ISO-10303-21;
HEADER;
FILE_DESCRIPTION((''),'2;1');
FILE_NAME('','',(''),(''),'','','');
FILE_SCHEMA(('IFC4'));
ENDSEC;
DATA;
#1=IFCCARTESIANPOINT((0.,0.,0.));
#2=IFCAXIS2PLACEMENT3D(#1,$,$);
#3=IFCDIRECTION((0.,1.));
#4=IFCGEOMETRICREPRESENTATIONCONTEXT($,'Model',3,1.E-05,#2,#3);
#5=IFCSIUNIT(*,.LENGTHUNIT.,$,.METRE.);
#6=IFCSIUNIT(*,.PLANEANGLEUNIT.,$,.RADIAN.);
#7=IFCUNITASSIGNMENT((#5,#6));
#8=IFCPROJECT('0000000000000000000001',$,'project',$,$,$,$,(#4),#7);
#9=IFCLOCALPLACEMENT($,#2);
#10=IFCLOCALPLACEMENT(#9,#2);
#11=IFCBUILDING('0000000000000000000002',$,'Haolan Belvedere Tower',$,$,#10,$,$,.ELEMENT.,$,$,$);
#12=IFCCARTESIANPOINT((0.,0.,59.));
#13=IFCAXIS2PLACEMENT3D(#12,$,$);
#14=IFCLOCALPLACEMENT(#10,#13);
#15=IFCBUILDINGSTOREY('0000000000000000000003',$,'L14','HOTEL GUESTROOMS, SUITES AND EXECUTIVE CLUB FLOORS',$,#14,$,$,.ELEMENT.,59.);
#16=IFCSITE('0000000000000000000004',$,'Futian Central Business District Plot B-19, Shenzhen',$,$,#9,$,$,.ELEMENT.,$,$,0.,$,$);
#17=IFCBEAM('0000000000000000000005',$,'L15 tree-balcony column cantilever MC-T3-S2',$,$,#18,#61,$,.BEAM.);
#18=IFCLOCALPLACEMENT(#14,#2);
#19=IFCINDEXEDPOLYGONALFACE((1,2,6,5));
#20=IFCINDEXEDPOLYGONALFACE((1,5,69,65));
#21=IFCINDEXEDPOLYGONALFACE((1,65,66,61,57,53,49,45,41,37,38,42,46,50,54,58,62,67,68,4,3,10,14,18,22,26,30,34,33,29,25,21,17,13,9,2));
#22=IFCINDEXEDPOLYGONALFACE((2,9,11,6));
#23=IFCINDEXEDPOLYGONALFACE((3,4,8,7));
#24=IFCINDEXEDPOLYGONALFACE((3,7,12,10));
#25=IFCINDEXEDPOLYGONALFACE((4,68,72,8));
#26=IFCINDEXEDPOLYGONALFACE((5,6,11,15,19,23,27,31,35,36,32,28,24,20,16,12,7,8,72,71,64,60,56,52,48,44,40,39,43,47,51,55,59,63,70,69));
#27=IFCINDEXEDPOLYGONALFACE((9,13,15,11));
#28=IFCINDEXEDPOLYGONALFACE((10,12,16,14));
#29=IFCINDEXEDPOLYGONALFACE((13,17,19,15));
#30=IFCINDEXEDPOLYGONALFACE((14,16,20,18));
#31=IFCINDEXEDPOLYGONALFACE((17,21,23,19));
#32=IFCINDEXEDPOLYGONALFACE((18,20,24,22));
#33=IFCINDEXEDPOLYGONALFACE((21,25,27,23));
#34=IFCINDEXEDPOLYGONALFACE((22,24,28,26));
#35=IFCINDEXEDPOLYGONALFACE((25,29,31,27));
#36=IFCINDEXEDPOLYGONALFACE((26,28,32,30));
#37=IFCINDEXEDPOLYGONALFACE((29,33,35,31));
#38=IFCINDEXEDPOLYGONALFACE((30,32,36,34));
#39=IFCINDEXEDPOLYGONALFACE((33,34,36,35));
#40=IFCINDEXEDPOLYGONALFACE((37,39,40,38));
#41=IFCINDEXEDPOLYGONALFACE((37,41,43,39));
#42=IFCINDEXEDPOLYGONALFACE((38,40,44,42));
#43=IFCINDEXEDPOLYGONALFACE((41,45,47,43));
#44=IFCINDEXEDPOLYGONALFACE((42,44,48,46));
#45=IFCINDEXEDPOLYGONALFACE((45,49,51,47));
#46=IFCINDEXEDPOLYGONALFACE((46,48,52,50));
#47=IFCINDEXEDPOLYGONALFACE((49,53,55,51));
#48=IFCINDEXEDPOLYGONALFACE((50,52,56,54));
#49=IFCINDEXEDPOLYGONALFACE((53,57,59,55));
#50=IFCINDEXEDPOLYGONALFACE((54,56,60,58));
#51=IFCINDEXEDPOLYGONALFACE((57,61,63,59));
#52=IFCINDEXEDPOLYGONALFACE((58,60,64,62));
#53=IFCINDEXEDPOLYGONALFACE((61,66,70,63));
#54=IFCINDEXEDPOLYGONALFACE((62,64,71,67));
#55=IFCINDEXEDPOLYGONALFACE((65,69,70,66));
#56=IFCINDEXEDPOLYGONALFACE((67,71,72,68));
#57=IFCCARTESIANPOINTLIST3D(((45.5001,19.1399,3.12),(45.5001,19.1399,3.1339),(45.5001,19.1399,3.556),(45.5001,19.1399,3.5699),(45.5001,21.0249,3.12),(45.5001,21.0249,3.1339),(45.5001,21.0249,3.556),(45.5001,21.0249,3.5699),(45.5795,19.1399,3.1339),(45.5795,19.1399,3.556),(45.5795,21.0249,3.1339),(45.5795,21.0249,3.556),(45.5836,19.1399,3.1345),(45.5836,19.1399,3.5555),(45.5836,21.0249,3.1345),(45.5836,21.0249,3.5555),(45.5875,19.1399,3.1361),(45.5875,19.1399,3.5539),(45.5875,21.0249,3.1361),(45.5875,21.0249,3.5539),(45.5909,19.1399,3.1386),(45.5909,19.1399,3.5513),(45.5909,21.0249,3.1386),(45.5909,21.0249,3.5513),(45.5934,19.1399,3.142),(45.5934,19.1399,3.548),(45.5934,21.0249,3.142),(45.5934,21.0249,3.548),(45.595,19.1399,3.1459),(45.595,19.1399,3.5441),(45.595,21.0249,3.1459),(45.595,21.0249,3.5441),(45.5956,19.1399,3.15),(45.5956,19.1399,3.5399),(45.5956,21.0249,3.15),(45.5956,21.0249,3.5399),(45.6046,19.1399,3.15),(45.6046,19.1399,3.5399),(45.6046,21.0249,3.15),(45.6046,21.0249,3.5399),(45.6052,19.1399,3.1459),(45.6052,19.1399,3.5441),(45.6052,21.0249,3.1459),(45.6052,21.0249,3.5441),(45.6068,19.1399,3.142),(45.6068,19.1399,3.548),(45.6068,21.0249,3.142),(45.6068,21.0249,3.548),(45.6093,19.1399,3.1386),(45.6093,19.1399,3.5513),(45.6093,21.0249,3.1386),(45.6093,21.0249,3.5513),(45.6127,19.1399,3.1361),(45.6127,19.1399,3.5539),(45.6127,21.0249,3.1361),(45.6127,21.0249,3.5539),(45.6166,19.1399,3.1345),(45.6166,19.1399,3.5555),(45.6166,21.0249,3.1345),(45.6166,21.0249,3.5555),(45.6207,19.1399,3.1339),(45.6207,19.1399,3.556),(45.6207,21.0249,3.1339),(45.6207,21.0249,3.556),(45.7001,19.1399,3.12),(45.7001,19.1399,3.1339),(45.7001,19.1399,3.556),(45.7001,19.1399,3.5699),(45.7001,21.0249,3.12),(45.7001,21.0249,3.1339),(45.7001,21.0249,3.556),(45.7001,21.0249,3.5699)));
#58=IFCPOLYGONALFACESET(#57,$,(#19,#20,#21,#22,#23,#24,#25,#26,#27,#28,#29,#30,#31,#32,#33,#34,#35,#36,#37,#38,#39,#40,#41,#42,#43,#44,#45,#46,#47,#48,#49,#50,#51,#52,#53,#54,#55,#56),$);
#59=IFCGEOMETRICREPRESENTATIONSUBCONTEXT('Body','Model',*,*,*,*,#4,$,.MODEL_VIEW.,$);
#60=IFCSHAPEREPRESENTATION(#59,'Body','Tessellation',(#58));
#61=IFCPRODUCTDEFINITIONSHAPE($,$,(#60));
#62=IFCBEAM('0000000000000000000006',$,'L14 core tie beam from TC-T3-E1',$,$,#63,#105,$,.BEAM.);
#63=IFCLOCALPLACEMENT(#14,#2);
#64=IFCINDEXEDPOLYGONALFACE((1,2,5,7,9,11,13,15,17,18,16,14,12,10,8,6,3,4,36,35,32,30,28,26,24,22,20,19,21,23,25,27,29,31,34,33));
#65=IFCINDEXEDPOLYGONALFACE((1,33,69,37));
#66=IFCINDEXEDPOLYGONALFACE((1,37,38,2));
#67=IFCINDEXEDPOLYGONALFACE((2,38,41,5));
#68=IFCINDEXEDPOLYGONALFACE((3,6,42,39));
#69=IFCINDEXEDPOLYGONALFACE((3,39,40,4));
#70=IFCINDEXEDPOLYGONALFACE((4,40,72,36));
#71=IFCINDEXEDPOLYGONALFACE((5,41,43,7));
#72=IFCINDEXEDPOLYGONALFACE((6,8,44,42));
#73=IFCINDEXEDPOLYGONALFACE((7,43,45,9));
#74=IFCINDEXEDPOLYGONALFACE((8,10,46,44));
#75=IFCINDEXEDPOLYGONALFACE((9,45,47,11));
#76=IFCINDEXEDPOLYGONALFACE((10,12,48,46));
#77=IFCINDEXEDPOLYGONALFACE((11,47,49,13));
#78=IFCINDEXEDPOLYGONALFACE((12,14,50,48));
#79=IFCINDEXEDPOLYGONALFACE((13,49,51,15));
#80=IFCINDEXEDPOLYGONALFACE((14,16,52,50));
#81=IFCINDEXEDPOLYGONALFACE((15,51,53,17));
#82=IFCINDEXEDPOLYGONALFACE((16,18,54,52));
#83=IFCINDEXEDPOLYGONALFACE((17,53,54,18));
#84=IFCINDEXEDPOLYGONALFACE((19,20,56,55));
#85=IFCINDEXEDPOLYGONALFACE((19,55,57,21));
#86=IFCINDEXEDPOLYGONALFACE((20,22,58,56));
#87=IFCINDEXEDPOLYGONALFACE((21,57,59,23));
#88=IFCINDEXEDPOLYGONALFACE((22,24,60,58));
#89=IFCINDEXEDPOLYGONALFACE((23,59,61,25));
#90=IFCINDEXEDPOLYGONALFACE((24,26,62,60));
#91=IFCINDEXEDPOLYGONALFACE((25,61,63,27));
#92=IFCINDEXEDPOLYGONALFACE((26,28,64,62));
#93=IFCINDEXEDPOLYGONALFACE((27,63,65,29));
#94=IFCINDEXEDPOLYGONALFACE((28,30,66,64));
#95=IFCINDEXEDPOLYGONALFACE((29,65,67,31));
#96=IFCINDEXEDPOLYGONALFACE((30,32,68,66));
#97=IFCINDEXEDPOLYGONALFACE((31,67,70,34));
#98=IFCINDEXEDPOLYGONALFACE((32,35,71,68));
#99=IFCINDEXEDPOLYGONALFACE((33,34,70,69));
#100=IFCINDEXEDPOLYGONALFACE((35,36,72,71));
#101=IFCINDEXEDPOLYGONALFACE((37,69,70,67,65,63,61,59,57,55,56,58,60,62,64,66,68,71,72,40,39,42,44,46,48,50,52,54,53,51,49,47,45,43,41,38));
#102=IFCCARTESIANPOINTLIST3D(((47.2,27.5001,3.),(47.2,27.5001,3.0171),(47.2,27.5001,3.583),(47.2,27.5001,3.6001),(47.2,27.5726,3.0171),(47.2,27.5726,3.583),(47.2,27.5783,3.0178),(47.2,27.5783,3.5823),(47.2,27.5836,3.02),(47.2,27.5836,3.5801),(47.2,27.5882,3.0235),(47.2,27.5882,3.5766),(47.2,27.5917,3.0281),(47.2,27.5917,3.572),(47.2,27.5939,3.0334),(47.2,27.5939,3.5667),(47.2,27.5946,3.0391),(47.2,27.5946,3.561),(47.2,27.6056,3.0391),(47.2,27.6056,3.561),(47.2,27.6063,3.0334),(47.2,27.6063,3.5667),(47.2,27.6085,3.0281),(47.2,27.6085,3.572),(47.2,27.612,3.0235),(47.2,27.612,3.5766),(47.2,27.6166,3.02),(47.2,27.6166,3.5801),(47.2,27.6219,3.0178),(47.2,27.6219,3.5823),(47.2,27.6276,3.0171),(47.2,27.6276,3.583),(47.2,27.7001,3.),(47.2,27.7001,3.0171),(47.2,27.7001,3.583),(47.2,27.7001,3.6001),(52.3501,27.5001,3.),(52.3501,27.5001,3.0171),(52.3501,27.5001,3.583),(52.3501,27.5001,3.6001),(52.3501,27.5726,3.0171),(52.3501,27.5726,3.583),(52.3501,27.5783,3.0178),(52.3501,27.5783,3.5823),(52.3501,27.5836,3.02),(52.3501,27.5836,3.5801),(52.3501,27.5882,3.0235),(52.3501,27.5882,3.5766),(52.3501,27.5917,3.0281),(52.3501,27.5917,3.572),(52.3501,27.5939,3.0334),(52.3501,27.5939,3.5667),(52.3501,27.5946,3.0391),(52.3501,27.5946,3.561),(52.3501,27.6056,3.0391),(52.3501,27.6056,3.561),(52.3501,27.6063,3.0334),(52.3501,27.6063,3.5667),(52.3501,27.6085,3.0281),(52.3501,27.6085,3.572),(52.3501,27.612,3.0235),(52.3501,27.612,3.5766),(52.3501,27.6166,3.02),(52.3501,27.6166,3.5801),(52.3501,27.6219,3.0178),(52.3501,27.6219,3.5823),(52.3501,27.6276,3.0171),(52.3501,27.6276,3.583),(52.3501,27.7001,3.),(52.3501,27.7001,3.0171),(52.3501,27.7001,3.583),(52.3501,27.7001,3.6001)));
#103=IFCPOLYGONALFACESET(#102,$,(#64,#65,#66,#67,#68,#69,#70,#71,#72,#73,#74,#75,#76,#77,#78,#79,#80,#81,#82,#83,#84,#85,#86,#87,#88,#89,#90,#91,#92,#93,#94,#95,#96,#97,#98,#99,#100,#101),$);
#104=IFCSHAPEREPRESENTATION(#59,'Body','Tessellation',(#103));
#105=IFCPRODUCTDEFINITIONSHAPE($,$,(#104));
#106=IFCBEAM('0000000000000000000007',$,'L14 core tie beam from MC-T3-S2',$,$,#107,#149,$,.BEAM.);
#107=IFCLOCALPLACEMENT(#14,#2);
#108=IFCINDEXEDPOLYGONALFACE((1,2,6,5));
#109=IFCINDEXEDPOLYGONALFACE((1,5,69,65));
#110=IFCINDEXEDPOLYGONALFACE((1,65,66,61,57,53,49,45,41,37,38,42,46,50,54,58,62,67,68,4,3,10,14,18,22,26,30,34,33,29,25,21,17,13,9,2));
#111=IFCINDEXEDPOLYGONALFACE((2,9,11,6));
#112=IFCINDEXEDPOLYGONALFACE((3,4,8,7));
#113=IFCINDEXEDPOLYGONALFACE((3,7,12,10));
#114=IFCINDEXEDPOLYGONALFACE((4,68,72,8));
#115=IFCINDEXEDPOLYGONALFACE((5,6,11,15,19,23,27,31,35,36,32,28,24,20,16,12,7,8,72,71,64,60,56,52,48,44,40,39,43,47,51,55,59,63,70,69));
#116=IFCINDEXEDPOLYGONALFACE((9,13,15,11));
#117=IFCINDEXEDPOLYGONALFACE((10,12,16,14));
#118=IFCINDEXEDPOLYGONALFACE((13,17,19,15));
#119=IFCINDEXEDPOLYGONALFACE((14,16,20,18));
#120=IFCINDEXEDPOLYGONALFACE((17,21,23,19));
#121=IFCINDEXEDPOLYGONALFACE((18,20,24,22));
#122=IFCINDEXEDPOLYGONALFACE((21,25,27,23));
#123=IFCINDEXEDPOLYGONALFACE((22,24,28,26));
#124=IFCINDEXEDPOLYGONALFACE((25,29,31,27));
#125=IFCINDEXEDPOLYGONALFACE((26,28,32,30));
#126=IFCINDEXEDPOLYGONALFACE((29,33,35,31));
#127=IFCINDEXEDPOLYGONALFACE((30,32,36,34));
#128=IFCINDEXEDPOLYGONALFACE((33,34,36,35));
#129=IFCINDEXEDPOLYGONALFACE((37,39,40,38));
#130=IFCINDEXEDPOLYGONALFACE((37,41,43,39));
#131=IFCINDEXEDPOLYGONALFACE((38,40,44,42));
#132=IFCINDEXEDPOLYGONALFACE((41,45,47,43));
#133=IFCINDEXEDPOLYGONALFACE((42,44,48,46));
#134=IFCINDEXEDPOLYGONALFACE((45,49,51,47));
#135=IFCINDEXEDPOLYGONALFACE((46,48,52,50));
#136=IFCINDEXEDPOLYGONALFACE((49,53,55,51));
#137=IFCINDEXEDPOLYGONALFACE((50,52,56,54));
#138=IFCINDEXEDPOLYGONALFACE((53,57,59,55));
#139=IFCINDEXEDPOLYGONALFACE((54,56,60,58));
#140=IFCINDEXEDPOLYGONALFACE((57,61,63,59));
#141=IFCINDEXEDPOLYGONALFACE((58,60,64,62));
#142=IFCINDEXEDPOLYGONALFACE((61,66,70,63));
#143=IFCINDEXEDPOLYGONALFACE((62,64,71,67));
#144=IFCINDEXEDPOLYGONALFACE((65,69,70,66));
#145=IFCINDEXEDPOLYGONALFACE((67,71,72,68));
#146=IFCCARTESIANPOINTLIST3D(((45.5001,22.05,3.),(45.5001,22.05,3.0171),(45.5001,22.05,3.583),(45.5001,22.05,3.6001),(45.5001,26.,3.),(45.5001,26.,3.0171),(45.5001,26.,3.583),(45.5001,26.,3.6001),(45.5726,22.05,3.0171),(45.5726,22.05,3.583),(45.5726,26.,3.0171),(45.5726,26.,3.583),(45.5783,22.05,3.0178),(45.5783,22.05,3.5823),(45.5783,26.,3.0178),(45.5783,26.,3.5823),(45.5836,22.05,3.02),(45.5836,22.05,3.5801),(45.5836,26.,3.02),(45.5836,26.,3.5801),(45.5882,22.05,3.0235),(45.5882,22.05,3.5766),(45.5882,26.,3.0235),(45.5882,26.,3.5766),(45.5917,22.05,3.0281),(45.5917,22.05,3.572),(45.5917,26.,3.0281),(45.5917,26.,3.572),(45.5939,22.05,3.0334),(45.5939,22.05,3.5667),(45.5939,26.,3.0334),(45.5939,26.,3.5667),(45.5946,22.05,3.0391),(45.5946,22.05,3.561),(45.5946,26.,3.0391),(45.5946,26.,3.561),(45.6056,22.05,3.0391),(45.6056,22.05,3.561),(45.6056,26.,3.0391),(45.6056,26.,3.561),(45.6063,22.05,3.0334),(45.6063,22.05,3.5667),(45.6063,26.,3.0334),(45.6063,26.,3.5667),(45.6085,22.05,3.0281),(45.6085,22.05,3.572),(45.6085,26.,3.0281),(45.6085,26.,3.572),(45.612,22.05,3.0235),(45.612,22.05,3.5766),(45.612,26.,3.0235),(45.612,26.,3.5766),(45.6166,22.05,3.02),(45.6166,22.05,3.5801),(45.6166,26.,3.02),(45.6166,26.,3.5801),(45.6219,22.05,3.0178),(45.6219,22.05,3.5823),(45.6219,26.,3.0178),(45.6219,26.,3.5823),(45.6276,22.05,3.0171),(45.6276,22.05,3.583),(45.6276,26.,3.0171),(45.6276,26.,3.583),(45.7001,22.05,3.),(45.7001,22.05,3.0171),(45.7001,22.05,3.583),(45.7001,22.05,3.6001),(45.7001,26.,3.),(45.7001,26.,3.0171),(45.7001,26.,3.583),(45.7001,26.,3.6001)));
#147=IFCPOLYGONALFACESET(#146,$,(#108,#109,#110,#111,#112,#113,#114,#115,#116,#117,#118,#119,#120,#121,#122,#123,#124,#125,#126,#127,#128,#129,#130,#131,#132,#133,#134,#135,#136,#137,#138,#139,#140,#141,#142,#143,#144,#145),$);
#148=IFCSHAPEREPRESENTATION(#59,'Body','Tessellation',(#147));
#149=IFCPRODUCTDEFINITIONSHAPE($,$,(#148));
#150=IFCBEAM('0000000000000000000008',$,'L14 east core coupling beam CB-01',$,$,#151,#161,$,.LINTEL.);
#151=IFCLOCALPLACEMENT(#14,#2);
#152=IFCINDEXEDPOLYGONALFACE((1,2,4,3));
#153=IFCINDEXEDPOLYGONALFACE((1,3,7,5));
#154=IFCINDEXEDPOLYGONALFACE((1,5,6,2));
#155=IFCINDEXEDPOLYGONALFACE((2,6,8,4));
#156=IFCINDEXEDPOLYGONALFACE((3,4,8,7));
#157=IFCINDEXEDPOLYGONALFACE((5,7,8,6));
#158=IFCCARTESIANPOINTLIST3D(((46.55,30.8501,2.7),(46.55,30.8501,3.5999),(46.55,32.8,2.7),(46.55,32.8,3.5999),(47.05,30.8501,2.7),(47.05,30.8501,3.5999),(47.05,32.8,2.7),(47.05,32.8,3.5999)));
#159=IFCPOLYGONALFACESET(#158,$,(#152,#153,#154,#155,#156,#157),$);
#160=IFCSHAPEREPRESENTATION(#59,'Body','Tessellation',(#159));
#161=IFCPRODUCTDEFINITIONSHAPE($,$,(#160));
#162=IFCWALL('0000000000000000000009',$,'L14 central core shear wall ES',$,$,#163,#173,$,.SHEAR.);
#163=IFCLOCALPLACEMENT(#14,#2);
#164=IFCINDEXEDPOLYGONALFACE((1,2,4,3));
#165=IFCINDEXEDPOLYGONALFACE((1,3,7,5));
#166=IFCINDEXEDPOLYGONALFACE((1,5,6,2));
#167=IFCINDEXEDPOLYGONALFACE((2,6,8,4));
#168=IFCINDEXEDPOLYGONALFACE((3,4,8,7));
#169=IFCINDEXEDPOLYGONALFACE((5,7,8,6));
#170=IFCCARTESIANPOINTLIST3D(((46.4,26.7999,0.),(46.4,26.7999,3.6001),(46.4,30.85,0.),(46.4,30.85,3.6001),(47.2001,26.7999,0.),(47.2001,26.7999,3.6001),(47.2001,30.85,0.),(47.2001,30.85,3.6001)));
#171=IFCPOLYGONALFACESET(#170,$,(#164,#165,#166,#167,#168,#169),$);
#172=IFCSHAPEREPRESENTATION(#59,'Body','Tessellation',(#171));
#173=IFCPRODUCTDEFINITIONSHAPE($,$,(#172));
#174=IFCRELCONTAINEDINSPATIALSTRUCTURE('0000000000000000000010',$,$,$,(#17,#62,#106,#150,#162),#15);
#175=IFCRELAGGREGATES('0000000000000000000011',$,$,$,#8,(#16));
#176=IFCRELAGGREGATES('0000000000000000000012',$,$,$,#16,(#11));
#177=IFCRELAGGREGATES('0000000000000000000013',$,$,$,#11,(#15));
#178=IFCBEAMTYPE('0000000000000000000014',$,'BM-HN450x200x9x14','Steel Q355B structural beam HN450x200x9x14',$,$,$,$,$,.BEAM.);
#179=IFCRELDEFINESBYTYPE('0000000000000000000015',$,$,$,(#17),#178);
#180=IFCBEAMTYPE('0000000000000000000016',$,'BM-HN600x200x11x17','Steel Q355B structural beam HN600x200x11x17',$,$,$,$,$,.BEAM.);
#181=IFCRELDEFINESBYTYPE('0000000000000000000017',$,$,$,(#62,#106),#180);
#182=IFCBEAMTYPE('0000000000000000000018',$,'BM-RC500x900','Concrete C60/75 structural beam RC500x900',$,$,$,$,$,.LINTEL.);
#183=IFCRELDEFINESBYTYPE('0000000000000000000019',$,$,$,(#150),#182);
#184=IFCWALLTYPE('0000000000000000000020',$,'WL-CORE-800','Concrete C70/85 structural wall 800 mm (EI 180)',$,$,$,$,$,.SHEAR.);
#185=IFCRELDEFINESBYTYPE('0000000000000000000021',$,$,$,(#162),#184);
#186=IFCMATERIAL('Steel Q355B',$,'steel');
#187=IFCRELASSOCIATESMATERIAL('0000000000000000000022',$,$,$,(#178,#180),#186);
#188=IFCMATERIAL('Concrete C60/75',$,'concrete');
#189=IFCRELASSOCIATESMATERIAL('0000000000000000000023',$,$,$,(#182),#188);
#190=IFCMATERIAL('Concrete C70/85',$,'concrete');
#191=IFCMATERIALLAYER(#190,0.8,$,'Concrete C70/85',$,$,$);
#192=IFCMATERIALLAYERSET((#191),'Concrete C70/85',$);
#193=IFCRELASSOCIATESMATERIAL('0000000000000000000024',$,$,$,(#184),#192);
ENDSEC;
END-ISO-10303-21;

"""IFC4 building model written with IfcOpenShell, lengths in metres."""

from ifc_helpers import new_model, si_unit, direction, frame, frame_2d, origin, origin_2d, place, context, subcontext, project, spatial, rectangle, i_section, extrude, material, layer, layer_set, material_profile, profile_set, type_object, element, save


model = new_model("IFC4")

# Units and contexts
model_context = context("Model", 3, precision=1e-05, world=origin(), true_north=direction((0.0, 1.0)))
body_context = subcontext(model_context, "Body", "Model", "MODEL_VIEW")
ifc_project = project(units=[si_unit("LENGTHUNIT", "METRE"), si_unit("PLANEANGLEUNIT", "RADIAN")], contexts=[model_context])

# Site, building, storey
site_placement = place(None, origin())
site = spatial("IfcSite", under=ifc_project, at=site_placement, Name="Futian Central Business District Plot B-19, Shenzhen", CompositionType="ELEMENT", RefElevation=0.0)
building_placement = place(site_placement, origin())
building = spatial("IfcBuilding", under=site, at=building_placement, Name="Haolan Belvedere Tower", CompositionType="ELEMENT")
storey_placement = place(building_placement, frame((0.0, 0.0, 59.0)))
storey = spatial("IfcBuildingStorey", under=building, at=storey_placement, Name="L14", Description="HOTEL GUESTROOMS, SUITES AND EXECUTIVE CLUB FLOORS", CompositionType="ELEMENT", Elevation=59.0)

# Shared definitions
ifc_material_1 = material(Name="Steel Q355B", Category="steel")

# Beams
ifc_material_profile_1 = material_profile(ifc_material_1, i_section(OverallWidth=0.2, OverallDepth=0.45, WebThickness=0.009, FlangeThickness=0.0139, FilletRadius=0.0161, at=origin_2d()), Name="Steel Q355B")
ifc_profile_set_1 = profile_set([ifc_material_profile_1], Name="Steel Q355B")
beam_type_1 = type_object("IfcBeamType", Name="BM-HN450x200x9x14", Description="Steel Q355B structural beam HN450x200x9x14", PredefinedType="BEAM", material=ifc_profile_set_1)
beam_1_placement = place(storey_placement, frame((45.6001, 21.0249, 3.345), z_axis=(0.0, -1.0, 0.0), x_axis=(1.0, 0.0, 0.0)))
element("IfcBeam", 1, at=beam_1_placement, inside=storey, type_object=beam_type_1, Name="L15 tree-balcony column cantilever MC-T3-S2", PredefinedType="BEAM", context=body_context, shape_type="SweptSolid", body=[
    extrude(i_section(OverallWidth=0.2, OverallDepth=0.45, WebThickness=0.009, FlangeThickness=0.0139, FilletRadius=0.0161, at=origin_2d()), origin(), (0.0, 0.0, 1.0), 1.885),
])
ifc_material_profile_2 = material_profile(ifc_material_1, i_section(OverallWidth=0.2, OverallDepth=0.6001, WebThickness=0.011, FlangeThickness=0.0171, FilletRadius=0.022, at=origin_2d()), Name="Steel Q355B")
ifc_profile_set_2 = profile_set([ifc_material_profile_2], Name="Steel Q355B")
beam_type_2 = type_object("IfcBeamType", Name="BM-HN600x200x11x17", Description="Steel Q355B structural beam HN600x200x11x17", PredefinedType="BEAM", material=ifc_profile_set_2)
beam_2_placement = place(storey_placement, frame((52.3501, 27.6001, 3.3), z_axis=(-1.0, 0.0, 0.0), x_axis=(0.0, -1.0, 0.0)))
element("IfcBeam", 2, at=beam_2_placement, inside=storey, type_object=beam_type_2, Name="L14 core tie beam from TC-T3-E1", PredefinedType="BEAM", context=body_context, shape_type="SweptSolid", body=[
    extrude(i_section(OverallWidth=0.2, OverallDepth=0.6001, WebThickness=0.011, FlangeThickness=0.0171, FilletRadius=0.022, at=origin_2d()), origin(), (0.0, 0.0, 1.0), 5.1501),
])
beam_3_placement = place(storey_placement, frame((45.6001, 22.05, 3.3), z_axis=(0.0, 1.0, 0.0), x_axis=(-1.0, 0.0, 0.0)))
element("IfcBeam", 3, at=beam_3_placement, inside=storey, type_object=beam_type_2, Name="L14 core tie beam from MC-T3-S2", PredefinedType="BEAM", context=body_context, shape_type="SweptSolid", body=[
    extrude(i_section(OverallWidth=0.2, OverallDepth=0.6001, WebThickness=0.011, FlangeThickness=0.0171, FilletRadius=0.022, at=origin_2d()), origin(), (0.0, 0.0, 1.0), 3.95),
])
ifc_material_2 = material(Name="Concrete C60/75", Category="concrete")
ifc_material_profile_3 = material_profile(ifc_material_2, rectangle(XDim=0.5, YDim=0.8999, at=origin_2d()), Name="Concrete C60/75")
ifc_profile_set_3 = profile_set([ifc_material_profile_3], Name="Concrete C60/75")
beam_type_3 = type_object("IfcBeamType", Name="BM-RC500x900", Description="Concrete C60/75 structural beam RC500x900", PredefinedType="LINTEL", material=ifc_profile_set_3)
beam_4_placement = place(storey_placement, frame((46.8, 30.8501, 3.1499), z_axis=(0.0, 1.0, 0.0), x_axis=(-1.0, 0.0, 0.0)))
element("IfcBeam", 4, at=beam_4_placement, inside=storey, type_object=beam_type_3, Name="L14 east core coupling beam CB-01", PredefinedType="LINTEL", context=body_context, shape_type="SweptSolid", body=[
    extrude(rectangle(XDim=0.5, YDim=0.8999, at=origin_2d()), origin(), (0.0, 0.0, 1.0), 1.95),
])

# Wall
ifc_material_3 = material(Name="Concrete C70/85", Category="concrete")
ifc_layer_1 = layer(ifc_material_3, 0.8, Name="Concrete C70/85")
ifc_layer_set_1 = layer_set([ifc_layer_1], Name="Concrete C70/85")
wall_type_1 = type_object("IfcWallType", Name="WL-CORE-800", Description="Concrete C70/85 structural wall 800 mm (EI 180)", PredefinedType="SHEAR", material=ifc_layer_set_1)
wall_1_placement = place(storey_placement, frame((46.8, 26.8, 0.0), z_axis=(0.0, 0.0, 1.0), x_axis=(0.0, 1.0, 0.0)))
element("IfcWall", 5, at=wall_1_placement, inside=storey, type_object=wall_type_1, Name="L14 central core shear wall ES", PredefinedType="SHEAR", context=body_context, shape_type="SweptSolid", body=[
    extrude(rectangle(XDim=4.05, YDim=0.8, at=frame_2d((2.0249, 0.0))), origin(), (0.0, 0.0, 1.0), 3.6001),
])

save(model, "model.ifc")
